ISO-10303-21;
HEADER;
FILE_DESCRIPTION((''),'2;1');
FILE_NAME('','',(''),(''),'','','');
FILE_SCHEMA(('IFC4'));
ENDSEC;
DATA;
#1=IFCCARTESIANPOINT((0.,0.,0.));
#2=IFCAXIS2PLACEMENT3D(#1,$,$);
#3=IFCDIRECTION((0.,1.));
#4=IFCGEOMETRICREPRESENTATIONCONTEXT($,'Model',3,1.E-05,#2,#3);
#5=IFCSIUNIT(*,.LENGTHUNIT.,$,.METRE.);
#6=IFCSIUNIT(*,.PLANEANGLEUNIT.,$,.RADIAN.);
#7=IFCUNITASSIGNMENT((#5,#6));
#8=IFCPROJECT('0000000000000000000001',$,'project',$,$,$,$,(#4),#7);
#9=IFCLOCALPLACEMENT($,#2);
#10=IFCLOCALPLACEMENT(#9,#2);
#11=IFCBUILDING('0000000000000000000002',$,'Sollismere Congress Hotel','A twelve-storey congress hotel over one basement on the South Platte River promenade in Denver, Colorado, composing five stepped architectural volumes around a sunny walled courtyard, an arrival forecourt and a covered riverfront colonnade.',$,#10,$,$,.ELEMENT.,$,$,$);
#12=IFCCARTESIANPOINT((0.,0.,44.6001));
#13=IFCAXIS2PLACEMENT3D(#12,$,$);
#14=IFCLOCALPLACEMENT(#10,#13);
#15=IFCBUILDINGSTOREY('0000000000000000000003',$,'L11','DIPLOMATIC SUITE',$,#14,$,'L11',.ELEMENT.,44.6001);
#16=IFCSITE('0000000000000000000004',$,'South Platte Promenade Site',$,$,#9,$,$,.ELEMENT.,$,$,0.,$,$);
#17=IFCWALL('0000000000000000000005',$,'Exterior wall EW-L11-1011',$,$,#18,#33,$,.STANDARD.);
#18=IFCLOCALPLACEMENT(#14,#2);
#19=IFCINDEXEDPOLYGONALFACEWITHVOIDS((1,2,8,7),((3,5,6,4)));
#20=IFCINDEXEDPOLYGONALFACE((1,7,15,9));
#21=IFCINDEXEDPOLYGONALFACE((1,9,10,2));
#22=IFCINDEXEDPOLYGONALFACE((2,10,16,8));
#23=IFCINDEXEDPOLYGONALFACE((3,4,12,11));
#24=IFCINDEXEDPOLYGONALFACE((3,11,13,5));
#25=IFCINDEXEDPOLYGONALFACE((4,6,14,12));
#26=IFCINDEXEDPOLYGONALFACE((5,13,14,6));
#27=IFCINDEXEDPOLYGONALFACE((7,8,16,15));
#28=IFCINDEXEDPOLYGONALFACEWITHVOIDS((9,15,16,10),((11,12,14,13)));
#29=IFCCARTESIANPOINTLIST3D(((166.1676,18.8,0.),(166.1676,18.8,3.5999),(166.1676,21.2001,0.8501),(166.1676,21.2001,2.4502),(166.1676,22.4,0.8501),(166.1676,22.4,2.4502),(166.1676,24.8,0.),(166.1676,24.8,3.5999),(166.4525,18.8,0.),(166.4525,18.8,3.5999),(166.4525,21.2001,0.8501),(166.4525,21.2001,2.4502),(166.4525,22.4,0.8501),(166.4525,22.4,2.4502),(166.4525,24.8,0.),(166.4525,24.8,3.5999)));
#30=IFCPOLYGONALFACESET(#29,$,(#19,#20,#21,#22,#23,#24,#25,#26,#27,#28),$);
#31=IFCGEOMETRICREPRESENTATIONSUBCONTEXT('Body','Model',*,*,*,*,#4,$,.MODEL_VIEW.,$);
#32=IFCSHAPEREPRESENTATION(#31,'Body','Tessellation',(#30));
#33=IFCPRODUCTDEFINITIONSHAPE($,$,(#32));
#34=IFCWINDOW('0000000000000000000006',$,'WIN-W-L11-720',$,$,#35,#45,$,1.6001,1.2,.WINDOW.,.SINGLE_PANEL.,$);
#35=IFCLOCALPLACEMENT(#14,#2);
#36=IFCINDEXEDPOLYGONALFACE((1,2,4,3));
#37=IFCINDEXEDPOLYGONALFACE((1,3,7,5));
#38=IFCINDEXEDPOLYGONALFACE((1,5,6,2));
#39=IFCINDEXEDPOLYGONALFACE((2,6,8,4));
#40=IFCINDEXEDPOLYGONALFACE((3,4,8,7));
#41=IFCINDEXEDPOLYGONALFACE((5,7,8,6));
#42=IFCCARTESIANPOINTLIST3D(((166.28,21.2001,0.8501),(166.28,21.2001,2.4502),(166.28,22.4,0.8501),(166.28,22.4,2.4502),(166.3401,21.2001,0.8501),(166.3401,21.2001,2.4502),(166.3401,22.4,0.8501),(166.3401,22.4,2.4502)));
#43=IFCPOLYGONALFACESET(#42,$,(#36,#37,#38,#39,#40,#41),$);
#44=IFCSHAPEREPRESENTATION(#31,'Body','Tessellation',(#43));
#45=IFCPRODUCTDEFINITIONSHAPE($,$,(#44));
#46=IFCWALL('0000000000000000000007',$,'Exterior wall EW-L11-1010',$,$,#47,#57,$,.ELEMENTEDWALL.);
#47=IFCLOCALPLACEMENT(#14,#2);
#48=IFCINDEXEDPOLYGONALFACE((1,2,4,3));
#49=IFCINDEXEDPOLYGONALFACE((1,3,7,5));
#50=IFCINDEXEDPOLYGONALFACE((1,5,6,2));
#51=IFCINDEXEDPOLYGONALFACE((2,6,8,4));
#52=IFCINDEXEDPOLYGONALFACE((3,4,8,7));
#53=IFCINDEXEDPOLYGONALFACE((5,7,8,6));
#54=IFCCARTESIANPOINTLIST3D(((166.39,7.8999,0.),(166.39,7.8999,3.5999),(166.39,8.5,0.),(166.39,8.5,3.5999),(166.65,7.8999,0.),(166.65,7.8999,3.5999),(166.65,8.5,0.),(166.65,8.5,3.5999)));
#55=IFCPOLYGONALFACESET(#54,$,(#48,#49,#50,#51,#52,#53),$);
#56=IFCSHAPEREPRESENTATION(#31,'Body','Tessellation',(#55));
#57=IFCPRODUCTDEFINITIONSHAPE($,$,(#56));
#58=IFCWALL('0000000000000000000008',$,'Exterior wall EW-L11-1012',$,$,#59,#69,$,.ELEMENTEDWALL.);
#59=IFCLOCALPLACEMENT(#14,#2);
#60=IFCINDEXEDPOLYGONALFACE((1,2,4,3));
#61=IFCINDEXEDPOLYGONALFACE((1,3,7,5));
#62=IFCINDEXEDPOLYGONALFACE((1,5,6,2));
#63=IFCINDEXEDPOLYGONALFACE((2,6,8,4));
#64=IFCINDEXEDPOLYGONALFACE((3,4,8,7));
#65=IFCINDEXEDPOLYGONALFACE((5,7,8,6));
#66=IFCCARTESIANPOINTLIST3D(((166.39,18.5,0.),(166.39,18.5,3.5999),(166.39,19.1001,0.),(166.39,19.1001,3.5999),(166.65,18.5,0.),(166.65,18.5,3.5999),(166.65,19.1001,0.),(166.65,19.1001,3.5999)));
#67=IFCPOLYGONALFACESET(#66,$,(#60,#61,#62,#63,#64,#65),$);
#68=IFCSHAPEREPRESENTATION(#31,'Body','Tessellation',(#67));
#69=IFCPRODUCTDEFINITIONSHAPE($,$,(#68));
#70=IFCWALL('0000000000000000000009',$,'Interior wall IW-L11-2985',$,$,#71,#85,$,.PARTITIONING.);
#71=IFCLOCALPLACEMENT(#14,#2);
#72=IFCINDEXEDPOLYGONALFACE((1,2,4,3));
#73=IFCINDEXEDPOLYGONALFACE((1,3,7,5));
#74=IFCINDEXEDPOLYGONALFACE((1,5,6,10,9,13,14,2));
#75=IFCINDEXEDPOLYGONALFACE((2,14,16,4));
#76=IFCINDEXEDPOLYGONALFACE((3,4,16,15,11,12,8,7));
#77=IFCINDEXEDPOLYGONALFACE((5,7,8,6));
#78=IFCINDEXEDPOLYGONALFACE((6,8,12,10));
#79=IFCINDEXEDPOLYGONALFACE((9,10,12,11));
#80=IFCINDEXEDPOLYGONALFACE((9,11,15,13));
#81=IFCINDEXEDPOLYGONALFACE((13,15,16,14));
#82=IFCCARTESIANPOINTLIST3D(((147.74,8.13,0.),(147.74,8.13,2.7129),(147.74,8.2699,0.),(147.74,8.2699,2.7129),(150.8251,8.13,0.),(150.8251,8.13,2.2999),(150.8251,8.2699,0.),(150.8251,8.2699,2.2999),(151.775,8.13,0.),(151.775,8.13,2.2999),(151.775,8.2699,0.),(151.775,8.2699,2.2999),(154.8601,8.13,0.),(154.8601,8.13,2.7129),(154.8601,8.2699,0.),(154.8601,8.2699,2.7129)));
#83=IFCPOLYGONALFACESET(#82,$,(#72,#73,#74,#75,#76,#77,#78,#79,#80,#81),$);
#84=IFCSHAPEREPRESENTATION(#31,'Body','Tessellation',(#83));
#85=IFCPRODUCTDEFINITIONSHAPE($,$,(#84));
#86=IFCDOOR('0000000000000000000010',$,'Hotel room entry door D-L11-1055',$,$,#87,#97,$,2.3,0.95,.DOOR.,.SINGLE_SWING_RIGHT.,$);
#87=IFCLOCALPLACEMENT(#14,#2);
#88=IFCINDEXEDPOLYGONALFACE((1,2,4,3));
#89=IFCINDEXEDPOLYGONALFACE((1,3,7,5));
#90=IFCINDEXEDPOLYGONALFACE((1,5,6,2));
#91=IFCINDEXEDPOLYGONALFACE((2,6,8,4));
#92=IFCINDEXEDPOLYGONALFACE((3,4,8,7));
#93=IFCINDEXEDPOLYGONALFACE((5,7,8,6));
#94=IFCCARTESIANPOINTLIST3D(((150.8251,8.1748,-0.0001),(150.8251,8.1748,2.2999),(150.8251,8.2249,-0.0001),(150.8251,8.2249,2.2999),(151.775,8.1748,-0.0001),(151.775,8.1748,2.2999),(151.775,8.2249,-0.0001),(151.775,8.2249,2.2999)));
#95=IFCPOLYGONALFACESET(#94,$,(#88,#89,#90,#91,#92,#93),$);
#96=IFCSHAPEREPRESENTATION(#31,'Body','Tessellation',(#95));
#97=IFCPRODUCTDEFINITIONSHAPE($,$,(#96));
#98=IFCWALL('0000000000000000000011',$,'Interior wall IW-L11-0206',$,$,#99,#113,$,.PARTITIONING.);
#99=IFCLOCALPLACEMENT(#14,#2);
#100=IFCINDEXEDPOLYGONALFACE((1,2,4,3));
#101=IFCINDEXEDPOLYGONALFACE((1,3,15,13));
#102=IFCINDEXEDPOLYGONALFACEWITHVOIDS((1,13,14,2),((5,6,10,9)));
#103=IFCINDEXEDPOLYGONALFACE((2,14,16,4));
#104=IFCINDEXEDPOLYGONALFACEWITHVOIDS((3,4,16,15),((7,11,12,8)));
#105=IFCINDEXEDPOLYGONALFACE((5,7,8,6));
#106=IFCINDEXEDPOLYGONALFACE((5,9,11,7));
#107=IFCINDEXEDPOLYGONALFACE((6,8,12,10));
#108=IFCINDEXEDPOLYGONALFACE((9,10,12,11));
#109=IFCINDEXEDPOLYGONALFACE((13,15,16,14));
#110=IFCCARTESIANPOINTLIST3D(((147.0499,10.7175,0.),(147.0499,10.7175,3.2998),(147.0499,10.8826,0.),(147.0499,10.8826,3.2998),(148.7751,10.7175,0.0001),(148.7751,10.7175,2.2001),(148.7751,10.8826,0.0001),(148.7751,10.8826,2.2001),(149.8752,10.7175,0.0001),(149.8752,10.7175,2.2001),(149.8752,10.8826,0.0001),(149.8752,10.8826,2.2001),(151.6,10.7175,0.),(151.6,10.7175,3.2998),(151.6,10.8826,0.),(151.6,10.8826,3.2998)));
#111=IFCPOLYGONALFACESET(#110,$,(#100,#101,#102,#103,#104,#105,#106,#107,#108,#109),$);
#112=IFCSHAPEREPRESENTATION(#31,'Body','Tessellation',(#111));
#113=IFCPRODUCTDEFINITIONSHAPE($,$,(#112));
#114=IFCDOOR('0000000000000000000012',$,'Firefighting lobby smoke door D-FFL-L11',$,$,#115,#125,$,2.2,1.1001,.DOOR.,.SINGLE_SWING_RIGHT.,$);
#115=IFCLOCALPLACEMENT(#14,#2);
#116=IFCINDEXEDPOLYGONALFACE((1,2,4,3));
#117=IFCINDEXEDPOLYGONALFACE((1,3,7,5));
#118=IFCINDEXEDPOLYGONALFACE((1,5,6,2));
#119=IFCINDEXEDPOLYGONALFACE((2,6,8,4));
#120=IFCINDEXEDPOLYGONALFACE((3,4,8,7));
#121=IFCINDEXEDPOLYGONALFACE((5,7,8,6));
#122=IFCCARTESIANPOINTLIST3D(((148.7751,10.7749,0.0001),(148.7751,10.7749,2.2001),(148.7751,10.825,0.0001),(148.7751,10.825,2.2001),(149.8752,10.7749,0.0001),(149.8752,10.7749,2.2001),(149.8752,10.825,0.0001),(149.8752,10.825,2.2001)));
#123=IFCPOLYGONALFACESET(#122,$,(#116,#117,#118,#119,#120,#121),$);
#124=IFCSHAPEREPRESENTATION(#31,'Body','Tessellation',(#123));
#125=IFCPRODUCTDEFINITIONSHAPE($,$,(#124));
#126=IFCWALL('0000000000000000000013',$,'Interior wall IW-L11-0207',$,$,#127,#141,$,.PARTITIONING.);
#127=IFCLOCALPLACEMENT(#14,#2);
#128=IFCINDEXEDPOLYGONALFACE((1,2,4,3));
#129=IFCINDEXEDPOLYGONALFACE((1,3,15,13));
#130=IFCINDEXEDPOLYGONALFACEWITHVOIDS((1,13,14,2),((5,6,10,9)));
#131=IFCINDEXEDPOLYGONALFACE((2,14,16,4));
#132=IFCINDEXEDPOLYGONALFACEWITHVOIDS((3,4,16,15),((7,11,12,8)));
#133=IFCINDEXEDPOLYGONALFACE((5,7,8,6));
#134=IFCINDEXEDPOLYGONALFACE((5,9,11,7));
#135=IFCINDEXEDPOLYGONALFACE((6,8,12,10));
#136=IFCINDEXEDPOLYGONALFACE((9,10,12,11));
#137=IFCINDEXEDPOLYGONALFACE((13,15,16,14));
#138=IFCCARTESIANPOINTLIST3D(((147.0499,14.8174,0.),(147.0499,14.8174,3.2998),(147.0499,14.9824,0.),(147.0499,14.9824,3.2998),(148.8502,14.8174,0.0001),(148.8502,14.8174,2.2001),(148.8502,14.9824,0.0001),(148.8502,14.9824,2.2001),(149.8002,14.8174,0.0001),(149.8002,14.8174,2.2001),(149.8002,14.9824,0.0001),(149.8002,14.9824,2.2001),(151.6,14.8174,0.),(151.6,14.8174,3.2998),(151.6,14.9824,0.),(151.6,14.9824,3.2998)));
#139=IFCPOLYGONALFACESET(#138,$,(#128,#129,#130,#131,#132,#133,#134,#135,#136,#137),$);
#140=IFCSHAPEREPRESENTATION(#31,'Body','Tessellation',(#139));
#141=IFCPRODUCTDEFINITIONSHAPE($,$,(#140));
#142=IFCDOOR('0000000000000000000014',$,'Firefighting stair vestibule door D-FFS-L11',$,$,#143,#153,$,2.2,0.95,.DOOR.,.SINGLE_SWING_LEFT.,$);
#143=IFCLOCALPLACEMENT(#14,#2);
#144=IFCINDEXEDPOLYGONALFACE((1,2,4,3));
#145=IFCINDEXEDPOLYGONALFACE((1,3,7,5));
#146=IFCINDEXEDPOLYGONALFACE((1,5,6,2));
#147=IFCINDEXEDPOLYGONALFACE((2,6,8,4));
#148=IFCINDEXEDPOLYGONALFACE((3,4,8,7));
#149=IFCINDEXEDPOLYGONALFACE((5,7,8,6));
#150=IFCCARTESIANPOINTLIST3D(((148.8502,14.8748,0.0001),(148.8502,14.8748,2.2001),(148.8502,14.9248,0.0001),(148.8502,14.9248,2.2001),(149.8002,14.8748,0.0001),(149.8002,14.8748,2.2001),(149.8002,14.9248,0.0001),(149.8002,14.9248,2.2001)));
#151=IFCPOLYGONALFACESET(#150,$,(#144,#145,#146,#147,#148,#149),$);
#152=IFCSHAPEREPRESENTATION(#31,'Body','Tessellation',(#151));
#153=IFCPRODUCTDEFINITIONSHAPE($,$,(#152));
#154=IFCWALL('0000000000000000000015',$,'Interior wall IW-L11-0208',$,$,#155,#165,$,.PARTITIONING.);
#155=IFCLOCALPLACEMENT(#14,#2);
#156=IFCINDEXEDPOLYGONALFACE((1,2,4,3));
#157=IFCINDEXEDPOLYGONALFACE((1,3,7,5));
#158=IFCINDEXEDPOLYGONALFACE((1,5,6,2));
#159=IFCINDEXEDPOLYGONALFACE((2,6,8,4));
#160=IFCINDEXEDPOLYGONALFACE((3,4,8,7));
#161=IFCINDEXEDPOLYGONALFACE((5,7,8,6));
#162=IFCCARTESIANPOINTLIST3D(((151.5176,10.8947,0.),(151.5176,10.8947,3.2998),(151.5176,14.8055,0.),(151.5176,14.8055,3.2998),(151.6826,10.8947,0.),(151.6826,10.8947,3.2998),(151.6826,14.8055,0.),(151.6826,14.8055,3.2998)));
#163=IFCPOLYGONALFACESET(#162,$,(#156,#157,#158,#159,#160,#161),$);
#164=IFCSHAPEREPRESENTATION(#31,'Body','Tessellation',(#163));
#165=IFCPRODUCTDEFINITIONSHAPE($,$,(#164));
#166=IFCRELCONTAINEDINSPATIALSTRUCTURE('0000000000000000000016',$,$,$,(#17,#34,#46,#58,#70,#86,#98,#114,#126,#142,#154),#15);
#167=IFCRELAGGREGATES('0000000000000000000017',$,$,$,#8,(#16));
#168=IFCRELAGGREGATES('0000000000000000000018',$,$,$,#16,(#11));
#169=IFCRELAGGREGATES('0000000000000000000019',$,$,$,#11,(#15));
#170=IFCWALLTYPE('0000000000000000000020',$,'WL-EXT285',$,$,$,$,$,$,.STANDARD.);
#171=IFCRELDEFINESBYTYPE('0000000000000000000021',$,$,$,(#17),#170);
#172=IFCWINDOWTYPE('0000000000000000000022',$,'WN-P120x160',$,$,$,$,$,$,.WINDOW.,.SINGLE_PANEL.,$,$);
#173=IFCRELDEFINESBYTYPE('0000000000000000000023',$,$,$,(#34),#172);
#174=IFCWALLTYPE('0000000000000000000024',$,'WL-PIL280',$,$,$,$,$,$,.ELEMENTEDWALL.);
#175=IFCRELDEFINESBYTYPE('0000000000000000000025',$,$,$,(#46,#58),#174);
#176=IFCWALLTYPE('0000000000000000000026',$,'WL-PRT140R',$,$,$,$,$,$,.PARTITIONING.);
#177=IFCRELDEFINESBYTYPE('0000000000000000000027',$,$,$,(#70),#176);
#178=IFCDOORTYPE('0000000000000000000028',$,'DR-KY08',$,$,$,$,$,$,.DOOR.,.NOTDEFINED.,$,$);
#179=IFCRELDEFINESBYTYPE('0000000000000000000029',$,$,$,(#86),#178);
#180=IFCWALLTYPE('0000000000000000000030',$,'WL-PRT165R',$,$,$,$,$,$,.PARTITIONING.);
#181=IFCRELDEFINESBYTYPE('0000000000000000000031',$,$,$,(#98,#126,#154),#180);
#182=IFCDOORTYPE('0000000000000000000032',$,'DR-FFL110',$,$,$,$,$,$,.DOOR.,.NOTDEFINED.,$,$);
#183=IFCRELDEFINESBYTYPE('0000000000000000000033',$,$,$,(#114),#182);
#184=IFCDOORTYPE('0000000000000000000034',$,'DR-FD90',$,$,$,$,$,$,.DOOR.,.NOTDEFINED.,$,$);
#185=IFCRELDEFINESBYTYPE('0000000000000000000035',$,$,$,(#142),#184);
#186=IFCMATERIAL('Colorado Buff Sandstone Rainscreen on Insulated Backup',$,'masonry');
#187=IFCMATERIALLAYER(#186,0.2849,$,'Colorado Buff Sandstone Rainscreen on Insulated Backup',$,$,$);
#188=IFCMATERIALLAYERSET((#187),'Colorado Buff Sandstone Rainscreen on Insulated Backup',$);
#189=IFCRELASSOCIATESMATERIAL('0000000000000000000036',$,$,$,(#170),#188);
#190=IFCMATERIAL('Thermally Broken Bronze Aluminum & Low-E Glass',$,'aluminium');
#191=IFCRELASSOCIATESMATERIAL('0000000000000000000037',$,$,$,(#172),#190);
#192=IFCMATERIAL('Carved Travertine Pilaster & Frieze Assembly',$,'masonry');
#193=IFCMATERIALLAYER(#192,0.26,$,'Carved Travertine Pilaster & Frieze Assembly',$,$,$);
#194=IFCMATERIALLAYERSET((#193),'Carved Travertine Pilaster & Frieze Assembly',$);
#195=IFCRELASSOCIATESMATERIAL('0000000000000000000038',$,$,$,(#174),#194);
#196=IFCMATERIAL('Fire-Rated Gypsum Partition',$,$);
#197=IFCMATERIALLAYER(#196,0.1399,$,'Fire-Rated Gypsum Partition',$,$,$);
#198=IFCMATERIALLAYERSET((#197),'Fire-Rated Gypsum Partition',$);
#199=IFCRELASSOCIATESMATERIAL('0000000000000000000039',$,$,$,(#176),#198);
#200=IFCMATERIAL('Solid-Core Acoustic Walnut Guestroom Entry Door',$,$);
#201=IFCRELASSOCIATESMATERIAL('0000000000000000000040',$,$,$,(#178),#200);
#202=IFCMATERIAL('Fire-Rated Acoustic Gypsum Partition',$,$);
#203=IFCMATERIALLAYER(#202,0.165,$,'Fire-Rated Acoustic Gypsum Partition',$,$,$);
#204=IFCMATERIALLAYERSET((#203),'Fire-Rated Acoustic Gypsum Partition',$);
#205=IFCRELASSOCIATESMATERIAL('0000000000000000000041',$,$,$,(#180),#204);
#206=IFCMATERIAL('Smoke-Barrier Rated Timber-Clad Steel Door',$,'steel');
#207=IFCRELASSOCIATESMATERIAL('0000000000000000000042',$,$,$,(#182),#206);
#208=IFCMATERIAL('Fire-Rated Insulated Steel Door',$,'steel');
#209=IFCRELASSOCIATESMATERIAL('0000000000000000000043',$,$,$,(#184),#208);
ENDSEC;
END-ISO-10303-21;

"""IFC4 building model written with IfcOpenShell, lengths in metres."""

from ifc_helpers import new_model, si_unit, direction, frame, frame_2d, origin, place, context, subcontext, project, spatial, rectangle, extrude, material, layer, layer_set, type_object, element, fill, save


model = new_model("IFC4")

# Units and contexts
model_context = context("Model", 3, precision=1e-05, world=origin(), true_north=direction((0.0, 1.0)))
body_context = subcontext(model_context, "Body", "Model", "MODEL_VIEW")
ifc_project = project(units=[si_unit("LENGTHUNIT", "METRE"), si_unit("PLANEANGLEUNIT", "RADIAN")], contexts=[model_context])

# Site, building, storey
site_placement = place(None, origin())
site = spatial("IfcSite", under=ifc_project, at=site_placement, Name="South Platte Promenade Site", CompositionType="ELEMENT", RefElevation=0.0)
building_placement = place(site_placement, origin())
building = spatial("IfcBuilding", under=site, at=building_placement, Name="Sollismere Congress Hotel", Description="A twelve-storey congress hotel over one basement on the South Platte River promenade in Denver, Colorado, composing five stepped architectural volumes around a sunny walled courtyard, an arrival forecourt and a covered riverfront colonnade.", CompositionType="ELEMENT")
storey_placement = place(building_placement, frame((0.0, 0.0, 44.6001)))
storey = spatial("IfcBuildingStorey", under=building, at=storey_placement, Name="L11", Description="DIPLOMATIC SUITE", LongName="L11", CompositionType="ELEMENT", Elevation=44.6001)

# Wall, opening, window
ifc_material_1 = material(Name="Colorado Buff Sandstone Rainscreen on Insulated Backup", Category="masonry")
ifc_layer_1 = layer(ifc_material_1, 0.2849, Name="Colorado Buff Sandstone Rainscreen on Insulated Backup")
ifc_layer_set_1 = layer_set([ifc_layer_1], Name="Colorado Buff Sandstone Rainscreen on Insulated Backup")
wall_type_1 = type_object("IfcWallType", Name="WL-EXT285", PredefinedType="STANDARD", material=ifc_layer_set_1)
ifc_material_2 = material(Name="Thermally Broken Bronze Aluminum & Low-E Glass", Category="aluminium")
wall_1_placement = place(storey_placement, frame((166.3101, 18.8, 0.0), z_axis=(0.0, 0.0, 1.0), x_axis=(0.0, 1.0, 0.0)))
wall_1 = element("IfcWall", 1, at=wall_1_placement, inside=storey, type_object=wall_type_1, Name="Exterior wall EW-L11-1011", PredefinedType="STANDARD", context=body_context, shape_type="SweptSolid", body=[
    extrude(rectangle(XDim=6.0, YDim=0.2849, at=frame_2d((3.0, 0.0))), origin(), (0.0, 0.0, 1.0), 3.5999),
])
opening_1_placement = place(wall_1_placement, frame((2.3999, 0.0, 0.8501)))
opening_1 = element("IfcOpeningElement", 2, at=opening_1_placement, cuts=wall_1, PredefinedType="OPENING", context=body_context, shape_type="SweptSolid", body=[
    extrude(rectangle(XDim=1.2, YDim=1.6001, at=frame_2d((0.6001, 0.8))), frame((0.0, 0.1523, 0.0), z_axis=(0.0, -1.0, 0.0), x_axis=(1.0, 0.0, 0.0)), (0.0, 0.0, 1.0), 0.3049),
])
window_type_1 = type_object("IfcWindowType", Name="WN-P120x160", PartitioningType="SINGLE_PANEL", PredefinedType="WINDOW", material=ifc_material_2)
window_1_placement = place(opening_1_placement, origin())
window_1 = element("IfcWindow", 3, at=window_1_placement, inside=storey, type_object=window_type_1, Name="WIN-W-L11-720", OverallHeight=1.6001, OverallWidth=1.2, PartitioningType="SINGLE_PANEL", PredefinedType="WINDOW", context=body_context, shape_type="SweptSolid", body=[
    extrude(rectangle(XDim=1.2, YDim=1.6001, at=frame_2d((0.6001, 0.8))), frame((0.0, 0.03, 0.0), z_axis=(0.0, -1.0, 0.0), x_axis=(1.0, 0.0, 0.0)), (0.0, 0.0, 1.0), 0.0601),
])
fill(opening_1, window_1)

# Walls
ifc_material_3 = material(Name="Carved Travertine Pilaster & Frieze Assembly", Category="masonry")
ifc_layer_2 = layer(ifc_material_3, 0.26, Name="Carved Travertine Pilaster & Frieze Assembly")
ifc_layer_set_2 = layer_set([ifc_layer_2], Name="Carved Travertine Pilaster & Frieze Assembly")
wall_type_2 = type_object("IfcWallType", Name="WL-PIL280", PredefinedType="ELEMENTEDWALL", material=ifc_layer_set_2)
for number, where, z_axis, x_axis, name in (
    (4, (166.52, 7.8999, 0.0), (0.0, 0.0, 1.0), (0.0, 1.0, 0.0), "Exterior wall EW-L11-1010"),
    (5, (166.52, 18.5, 0.0), (0.0, 0.0, 1.0), (0.0, 1.0, 0.0), "Exterior wall EW-L11-1012"),
):
    element("IfcWall", number, at=place(storey_placement, frame(where, z_axis=z_axis, x_axis=x_axis)), inside=storey, type_object=wall_type_2, Name=name, PredefinedType="ELEMENTEDWALL", context=body_context, shape_type="SweptSolid", body=[
        extrude(rectangle(XDim=0.6001, YDim=0.26, at=frame_2d((0.3, 0.0))), origin(), (0.0, 0.0, 1.0), 3.5999),
    ])

# Walls, openings, doors
ifc_material_4 = material(Name="Fire-Rated Gypsum Partition")
ifc_layer_3 = layer(ifc_material_4, 0.1399, Name="Fire-Rated Gypsum Partition")
ifc_layer_set_3 = layer_set([ifc_layer_3], Name="Fire-Rated Gypsum Partition")
wall_type_3 = type_object("IfcWallType", Name="WL-PRT140R", PredefinedType="PARTITIONING", material=ifc_layer_set_3)
wall_2_placement = place(storey_placement, frame((147.74, 8.2, 0.0), z_axis=(0.0, 0.0, 1.0), x_axis=(1.0, 0.0, 0.0)))
wall_2 = element("IfcWall", 6, at=wall_2_placement, inside=storey, type_object=wall_type_3, Name="Interior wall IW-L11-2985", PredefinedType="PARTITIONING", context=body_context, shape_type="SweptSolid", body=[
    extrude(rectangle(XDim=7.1201, YDim=0.1399, at=frame_2d((3.5601, 0.0))), origin(), (0.0, 0.0, 1.0), 2.7129),
])
opening_2_placement = place(wall_2_placement, frame((3.085, 0.0, 0.0)))
opening_2 = element("IfcOpeningElement", 7, at=opening_2_placement, cuts=wall_2, PredefinedType="OPENING", context=body_context, shape_type="SweptSolid", body=[
    extrude(rectangle(XDim=0.95, YDim=2.3, at=frame_2d((0.4751, 1.1499))), frame((0.0, 0.0798, 0.0), z_axis=(0.0, -1.0, 0.0), x_axis=(1.0, 0.0, 0.0)), (0.0, 0.0, 1.0), 0.1599),
])
ifc_material_5 = material(Name="Solid-Core Acoustic Walnut Guestroom Entry Door")
door_type_1 = type_object("IfcDoorType", Name="DR-KY08", OperationType="NOTDEFINED", PredefinedType="DOOR", material=ifc_material_5)
door_1_placement = place(opening_2_placement, origin())
door_1 = element("IfcDoor", 8, at=door_1_placement, inside=storey, type_object=door_type_1, Name="Hotel room entry door D-L11-1055", OperationType="SINGLE_SWING_RIGHT", OverallHeight=2.3, OverallWidth=0.95, PredefinedType="DOOR", context=body_context, shape_type="SweptSolid", body=[
    extrude(rectangle(XDim=0.95, YDim=2.3, at=frame_2d((0.4751, 1.1499))), frame((0.0, 0.0249, 0.0), z_axis=(0.0, -1.0, 0.0), x_axis=(1.0, 0.0, 0.0)), (0.0, 0.0, 1.0), 0.05),
])
fill(opening_2, door_1)
ifc_material_6 = material(Name="Fire-Rated Acoustic Gypsum Partition")
ifc_layer_4 = layer(ifc_material_6, 0.165, Name="Fire-Rated Acoustic Gypsum Partition")
ifc_layer_set_4 = layer_set([ifc_layer_4], Name="Fire-Rated Acoustic Gypsum Partition")
wall_type_4 = type_object("IfcWallType", Name="WL-PRT165R", PredefinedType="PARTITIONING", material=ifc_layer_set_4)
wall_3_placement = place(storey_placement, frame((147.05, 10.8, 0.0), z_axis=(0.0, 0.0, 1.0), x_axis=(1.0, 0.0, 0.0)))
wall_3 = element("IfcWall", 9, at=wall_3_placement, inside=storey, type_object=wall_type_4, Name="Interior wall IW-L11-0206", PredefinedType="PARTITIONING", context=body_context, shape_type="SweptSolid", body=[
    extrude(rectangle(XDim=4.55, YDim=0.165, at=frame_2d((2.2749, 0.0))), origin(), (0.0, 0.0, 1.0), 3.2998),
])
opening_3_placement = place(wall_3_placement, frame((1.7251, 0.0, 0.0)))
opening_3 = element("IfcOpeningElement", 10, at=opening_3_placement, cuts=wall_3, PredefinedType="OPENING", context=body_context, shape_type="SweptSolid", body=[
    extrude(rectangle(XDim=1.1001, YDim=2.2, at=frame_2d((0.55, 1.1001))), frame((0.0, 0.0925, 0.0), z_axis=(0.0, -1.0, 0.0), x_axis=(1.0, 0.0, 0.0)), (0.0, 0.0, 1.0), 0.1851),
])
ifc_material_7 = material(Name="Smoke-Barrier Rated Timber-Clad Steel Door", Category="steel")
door_type_2 = type_object("IfcDoorType", Name="DR-FFL110", OperationType="NOTDEFINED", PredefinedType="DOOR", material=ifc_material_7)
door_2_placement = place(opening_3_placement, origin())
door_2 = element("IfcDoor", 11, at=door_2_placement, inside=storey, type_object=door_type_2, Name="Firefighting lobby smoke door D-FFL-L11", OperationType="SINGLE_SWING_RIGHT", OverallHeight=2.2, OverallWidth=1.1001, PredefinedType="DOOR", context=body_context, shape_type="SweptSolid", body=[
    extrude(rectangle(XDim=1.1001, YDim=2.2, at=frame_2d((0.55, 1.1001))), frame((0.0, 0.0249, 0.0), z_axis=(0.0, -1.0, 0.0), x_axis=(1.0, 0.0, 0.0)), (0.0, 0.0, 1.0), 0.05),
])
fill(opening_3, door_2)
wall_4_placement = place(storey_placement, frame((147.05, 14.8999, 0.0), z_axis=(0.0, 0.0, 1.0), x_axis=(1.0, 0.0, 0.0)))
wall_4 = element("IfcWall", 12, at=wall_4_placement, inside=storey, type_object=wall_type_4, Name="Interior wall IW-L11-0207", PredefinedType="PARTITIONING", context=body_context, shape_type="SweptSolid", body=[
    extrude(rectangle(XDim=4.55, YDim=0.165, at=frame_2d((2.2749, 0.0))), origin(), (0.0, 0.0, 1.0), 3.2998),
])
opening_4_placement = place(wall_4_placement, frame((1.8, 0.0, 0.0)))
opening_4 = element("IfcOpeningElement", 13, at=opening_4_placement, cuts=wall_4, PredefinedType="OPENING", context=body_context, shape_type="SweptSolid", body=[
    extrude(rectangle(XDim=0.95, YDim=2.2, at=frame_2d((0.4751, 1.1001))), frame((0.0, 0.0925, 0.0), z_axis=(0.0, -1.0, 0.0), x_axis=(1.0, 0.0, 0.0)), (0.0, 0.0, 1.0), 0.1851),
])
ifc_material_8 = material(Name="Fire-Rated Insulated Steel Door", Category="steel")
door_type_3 = type_object("IfcDoorType", Name="DR-FD90", OperationType="NOTDEFINED", PredefinedType="DOOR", material=ifc_material_8)
door_3_placement = place(opening_4_placement, origin())
door_3 = element("IfcDoor", 14, at=door_3_placement, inside=storey, type_object=door_type_3, Name="Firefighting stair vestibule door D-FFS-L11", OperationType="SINGLE_SWING_LEFT", OverallHeight=2.2, OverallWidth=0.95, PredefinedType="DOOR", context=body_context, shape_type="SweptSolid", body=[
    extrude(rectangle(XDim=0.95, YDim=2.2, at=frame_2d((0.4751, 1.1001))), frame((0.0, 0.0249, 0.0), z_axis=(0.0, -1.0, 0.0), x_axis=(1.0, 0.0, 0.0)), (0.0, 0.0, 1.0), 0.05),
])
fill(opening_4, door_3)

# Wall
wall_5_placement = place(storey_placement, frame((151.6001, 10.8945, 0.0), z_axis=(0.0, 0.0, 1.0), x_axis=(0.0, 1.0, 0.0)))
element("IfcWall", 15, at=wall_5_placement, inside=storey, type_object=wall_type_4, Name="Interior wall IW-L11-0208", PredefinedType="PARTITIONING", context=body_context, shape_type="SweptSolid", body=[
    extrude(rectangle(XDim=3.9109, YDim=0.165, at=frame_2d((1.9556, 0.0))), origin(), (0.0, 0.0, 1.0), 3.2998),
])

save(model, "model.ifc")
